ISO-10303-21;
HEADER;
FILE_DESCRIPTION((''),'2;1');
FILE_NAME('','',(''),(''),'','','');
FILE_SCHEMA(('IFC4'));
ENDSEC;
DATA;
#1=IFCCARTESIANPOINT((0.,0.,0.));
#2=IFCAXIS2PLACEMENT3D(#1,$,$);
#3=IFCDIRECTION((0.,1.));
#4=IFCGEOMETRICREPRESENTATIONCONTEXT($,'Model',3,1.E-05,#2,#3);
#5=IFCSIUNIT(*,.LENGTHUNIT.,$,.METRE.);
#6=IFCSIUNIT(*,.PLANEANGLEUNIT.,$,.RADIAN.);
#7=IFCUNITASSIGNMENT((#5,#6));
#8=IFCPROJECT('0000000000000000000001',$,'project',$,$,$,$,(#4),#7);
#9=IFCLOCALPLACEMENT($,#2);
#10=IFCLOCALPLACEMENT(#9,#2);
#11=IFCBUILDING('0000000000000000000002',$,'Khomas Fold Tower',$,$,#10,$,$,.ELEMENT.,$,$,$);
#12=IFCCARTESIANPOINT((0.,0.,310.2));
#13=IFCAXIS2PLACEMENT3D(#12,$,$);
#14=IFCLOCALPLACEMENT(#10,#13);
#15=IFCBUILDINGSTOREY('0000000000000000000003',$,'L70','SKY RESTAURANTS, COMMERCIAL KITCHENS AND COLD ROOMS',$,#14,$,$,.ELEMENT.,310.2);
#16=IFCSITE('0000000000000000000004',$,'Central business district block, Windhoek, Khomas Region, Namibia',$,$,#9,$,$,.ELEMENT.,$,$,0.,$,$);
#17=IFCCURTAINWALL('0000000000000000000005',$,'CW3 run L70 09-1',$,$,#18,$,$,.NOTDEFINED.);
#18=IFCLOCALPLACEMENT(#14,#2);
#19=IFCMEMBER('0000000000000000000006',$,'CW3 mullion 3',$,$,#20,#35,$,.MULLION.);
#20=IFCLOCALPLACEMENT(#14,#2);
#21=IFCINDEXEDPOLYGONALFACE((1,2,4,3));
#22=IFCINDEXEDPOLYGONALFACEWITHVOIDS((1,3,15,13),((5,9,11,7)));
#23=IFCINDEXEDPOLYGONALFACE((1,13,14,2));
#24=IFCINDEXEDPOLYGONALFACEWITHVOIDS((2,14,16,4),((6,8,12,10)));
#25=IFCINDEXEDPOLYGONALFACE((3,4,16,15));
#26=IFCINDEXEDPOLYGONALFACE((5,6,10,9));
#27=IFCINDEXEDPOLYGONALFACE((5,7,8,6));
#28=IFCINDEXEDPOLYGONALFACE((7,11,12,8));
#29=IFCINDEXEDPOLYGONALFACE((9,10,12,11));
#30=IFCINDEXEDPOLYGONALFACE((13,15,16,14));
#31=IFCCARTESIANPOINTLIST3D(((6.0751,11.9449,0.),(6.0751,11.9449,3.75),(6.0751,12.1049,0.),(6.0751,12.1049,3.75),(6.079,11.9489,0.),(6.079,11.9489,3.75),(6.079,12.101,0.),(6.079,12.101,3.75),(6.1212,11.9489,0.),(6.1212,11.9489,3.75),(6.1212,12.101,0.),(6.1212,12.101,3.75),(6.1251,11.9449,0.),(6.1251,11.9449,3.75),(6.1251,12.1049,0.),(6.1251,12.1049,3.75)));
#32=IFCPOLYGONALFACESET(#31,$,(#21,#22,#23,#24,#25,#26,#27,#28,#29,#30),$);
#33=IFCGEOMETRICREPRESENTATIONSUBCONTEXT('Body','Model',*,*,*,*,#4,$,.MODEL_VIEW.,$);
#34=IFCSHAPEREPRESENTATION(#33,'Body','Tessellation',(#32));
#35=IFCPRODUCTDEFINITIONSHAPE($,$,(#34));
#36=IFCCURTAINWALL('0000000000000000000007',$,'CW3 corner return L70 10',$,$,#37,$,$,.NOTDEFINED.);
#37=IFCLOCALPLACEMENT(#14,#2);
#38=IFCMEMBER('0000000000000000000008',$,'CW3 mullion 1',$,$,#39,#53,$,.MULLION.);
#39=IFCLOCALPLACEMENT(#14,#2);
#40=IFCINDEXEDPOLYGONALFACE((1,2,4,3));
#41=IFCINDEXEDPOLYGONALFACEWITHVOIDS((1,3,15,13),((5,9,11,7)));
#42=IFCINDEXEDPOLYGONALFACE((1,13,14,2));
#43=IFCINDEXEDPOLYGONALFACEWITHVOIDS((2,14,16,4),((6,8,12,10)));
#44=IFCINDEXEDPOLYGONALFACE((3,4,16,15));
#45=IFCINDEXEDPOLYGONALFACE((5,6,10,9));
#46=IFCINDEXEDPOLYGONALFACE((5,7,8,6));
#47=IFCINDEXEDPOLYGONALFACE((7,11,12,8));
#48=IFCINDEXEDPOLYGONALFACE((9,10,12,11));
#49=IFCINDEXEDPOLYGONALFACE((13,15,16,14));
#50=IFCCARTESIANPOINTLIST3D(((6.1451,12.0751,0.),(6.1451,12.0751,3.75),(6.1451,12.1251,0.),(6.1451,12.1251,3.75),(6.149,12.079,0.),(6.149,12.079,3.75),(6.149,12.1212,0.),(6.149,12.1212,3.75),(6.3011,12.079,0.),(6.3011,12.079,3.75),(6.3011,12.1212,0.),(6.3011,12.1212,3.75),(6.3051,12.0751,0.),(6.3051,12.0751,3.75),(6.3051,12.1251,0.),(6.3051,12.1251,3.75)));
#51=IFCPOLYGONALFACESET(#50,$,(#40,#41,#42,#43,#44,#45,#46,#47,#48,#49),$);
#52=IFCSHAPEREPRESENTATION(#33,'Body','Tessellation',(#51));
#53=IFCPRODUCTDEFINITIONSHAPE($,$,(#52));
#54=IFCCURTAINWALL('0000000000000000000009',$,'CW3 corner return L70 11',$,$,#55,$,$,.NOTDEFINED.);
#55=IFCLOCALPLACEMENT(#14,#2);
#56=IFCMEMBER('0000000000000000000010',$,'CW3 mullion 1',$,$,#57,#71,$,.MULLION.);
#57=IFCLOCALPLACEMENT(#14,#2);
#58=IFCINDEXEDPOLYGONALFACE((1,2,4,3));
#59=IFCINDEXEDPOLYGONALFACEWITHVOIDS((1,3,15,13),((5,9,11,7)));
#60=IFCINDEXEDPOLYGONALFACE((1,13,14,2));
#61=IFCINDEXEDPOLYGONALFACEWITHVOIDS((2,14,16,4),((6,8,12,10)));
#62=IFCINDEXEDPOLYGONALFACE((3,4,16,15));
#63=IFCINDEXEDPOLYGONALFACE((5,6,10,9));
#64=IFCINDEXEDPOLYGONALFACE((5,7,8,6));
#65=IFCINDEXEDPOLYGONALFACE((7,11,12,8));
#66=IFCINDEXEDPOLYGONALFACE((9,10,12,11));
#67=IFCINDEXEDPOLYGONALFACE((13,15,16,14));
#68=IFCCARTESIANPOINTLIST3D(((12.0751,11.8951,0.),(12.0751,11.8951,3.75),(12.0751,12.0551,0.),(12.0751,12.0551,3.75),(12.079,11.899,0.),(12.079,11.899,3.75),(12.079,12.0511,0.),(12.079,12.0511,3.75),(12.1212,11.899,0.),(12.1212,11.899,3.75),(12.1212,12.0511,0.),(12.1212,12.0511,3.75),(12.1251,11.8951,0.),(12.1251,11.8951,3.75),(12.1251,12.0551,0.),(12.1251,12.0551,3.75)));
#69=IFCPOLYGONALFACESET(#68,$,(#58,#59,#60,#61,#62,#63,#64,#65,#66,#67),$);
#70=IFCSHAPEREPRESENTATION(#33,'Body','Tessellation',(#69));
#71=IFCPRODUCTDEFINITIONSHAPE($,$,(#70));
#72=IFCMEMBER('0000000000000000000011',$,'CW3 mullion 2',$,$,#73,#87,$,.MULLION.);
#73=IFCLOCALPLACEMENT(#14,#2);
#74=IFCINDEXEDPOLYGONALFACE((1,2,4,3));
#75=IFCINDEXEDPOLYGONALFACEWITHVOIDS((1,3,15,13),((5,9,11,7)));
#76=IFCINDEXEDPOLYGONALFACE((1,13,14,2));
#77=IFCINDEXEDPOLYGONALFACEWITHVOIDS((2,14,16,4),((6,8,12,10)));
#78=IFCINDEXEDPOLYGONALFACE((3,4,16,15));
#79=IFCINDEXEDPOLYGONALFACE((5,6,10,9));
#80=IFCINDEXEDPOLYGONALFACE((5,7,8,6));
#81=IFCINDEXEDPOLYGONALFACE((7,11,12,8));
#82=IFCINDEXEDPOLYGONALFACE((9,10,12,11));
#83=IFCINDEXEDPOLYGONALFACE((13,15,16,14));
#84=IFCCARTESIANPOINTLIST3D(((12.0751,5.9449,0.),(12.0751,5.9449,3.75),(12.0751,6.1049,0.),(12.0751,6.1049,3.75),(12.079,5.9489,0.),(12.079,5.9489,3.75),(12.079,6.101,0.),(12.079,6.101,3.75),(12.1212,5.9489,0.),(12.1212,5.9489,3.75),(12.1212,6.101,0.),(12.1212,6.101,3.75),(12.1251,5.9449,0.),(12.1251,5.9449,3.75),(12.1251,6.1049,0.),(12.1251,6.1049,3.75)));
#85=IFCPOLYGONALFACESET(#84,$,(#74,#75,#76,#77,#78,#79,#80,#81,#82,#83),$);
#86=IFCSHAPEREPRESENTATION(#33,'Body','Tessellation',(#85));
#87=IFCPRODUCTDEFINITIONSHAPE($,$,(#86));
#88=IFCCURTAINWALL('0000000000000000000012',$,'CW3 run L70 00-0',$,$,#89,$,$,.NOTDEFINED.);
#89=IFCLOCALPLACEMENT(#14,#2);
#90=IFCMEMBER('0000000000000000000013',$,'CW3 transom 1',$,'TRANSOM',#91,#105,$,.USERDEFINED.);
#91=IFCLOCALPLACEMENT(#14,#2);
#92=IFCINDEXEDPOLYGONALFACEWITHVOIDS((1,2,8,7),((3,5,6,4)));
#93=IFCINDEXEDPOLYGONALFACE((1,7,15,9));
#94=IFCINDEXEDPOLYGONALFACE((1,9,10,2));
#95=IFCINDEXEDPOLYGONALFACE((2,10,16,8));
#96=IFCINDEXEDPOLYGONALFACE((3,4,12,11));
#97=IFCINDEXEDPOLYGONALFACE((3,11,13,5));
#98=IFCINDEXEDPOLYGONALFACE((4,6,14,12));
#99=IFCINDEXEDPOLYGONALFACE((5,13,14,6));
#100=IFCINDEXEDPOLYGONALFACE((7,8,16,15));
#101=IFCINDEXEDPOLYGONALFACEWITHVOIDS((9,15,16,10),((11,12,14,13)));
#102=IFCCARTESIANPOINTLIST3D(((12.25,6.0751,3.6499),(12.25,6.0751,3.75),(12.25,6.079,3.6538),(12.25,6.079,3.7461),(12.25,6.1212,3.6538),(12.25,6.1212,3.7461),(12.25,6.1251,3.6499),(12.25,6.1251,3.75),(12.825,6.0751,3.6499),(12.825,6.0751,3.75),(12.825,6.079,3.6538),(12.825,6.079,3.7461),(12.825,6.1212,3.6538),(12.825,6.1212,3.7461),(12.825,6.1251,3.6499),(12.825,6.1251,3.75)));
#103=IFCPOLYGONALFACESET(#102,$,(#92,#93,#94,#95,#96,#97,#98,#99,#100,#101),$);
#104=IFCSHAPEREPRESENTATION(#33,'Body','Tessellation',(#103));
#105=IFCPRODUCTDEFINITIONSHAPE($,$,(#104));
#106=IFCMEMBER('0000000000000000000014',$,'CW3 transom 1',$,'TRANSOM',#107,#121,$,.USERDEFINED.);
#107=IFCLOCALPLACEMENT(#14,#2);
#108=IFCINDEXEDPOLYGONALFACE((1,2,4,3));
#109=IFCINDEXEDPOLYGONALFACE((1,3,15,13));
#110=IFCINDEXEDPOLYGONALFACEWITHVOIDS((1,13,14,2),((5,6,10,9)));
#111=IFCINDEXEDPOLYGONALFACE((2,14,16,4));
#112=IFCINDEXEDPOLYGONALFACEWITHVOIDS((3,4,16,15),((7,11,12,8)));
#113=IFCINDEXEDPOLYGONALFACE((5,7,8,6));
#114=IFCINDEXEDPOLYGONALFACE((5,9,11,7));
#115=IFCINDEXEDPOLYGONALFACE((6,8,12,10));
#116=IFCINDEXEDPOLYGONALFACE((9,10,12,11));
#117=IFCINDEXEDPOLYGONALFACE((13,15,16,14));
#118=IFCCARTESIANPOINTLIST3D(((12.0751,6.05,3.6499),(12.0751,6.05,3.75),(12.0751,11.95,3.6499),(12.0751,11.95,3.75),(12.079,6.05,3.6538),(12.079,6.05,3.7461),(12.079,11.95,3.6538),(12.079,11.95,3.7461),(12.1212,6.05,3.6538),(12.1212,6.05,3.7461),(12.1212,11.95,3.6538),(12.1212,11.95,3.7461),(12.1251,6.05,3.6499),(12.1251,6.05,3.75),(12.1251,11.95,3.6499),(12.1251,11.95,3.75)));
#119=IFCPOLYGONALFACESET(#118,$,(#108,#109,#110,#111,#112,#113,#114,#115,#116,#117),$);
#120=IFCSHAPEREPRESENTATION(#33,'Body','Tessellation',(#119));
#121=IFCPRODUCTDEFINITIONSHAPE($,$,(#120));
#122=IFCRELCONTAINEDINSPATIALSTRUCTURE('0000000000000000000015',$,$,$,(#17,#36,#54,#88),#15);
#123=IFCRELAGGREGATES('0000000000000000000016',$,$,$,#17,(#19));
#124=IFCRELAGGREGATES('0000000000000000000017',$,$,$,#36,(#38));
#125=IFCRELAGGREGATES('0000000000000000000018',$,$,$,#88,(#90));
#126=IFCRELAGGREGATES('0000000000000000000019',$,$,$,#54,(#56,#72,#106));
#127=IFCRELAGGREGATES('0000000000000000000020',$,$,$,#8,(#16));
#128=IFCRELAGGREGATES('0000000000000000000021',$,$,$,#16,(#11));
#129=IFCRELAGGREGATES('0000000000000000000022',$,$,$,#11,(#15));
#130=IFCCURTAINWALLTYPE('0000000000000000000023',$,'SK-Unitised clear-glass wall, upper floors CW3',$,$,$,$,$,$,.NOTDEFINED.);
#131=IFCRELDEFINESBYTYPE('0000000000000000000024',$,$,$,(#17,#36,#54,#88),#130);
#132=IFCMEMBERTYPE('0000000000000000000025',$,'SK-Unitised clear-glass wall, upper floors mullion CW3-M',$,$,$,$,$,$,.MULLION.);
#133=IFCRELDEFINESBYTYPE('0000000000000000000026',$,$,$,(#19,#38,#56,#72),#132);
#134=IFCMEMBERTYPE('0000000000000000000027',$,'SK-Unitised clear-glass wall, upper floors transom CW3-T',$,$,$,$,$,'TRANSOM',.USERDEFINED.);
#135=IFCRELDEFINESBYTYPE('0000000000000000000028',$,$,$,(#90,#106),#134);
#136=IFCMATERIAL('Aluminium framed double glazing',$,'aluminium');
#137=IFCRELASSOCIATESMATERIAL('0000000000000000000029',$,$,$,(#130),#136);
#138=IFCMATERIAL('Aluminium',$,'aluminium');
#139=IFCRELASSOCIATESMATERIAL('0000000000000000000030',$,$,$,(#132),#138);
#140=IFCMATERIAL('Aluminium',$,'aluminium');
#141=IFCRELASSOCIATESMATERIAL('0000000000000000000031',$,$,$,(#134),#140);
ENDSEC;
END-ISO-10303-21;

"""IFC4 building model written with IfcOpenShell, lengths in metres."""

from ifc_helpers import new_model, si_unit, direction, frame, origin, origin_2d, place, context, subcontext, project, spatial, hollow_rectangle, extrude, source, transform, mapped, material, material_profile, profile_set, type_object, element, aggregate, save


model = new_model("IFC4")

# Units and contexts
model_context = context("Model", 3, precision=1e-05, world=origin(), true_north=direction((0.0, 1.0)))
body_context = subcontext(model_context, "Body", "Model", "MODEL_VIEW")
ifc_project = project(units=[si_unit("LENGTHUNIT", "METRE"), si_unit("PLANEANGLEUNIT", "RADIAN")], contexts=[model_context])

# Site, building, storey
site_placement = place(None, origin())
site = spatial("IfcSite", under=ifc_project, at=site_placement, Name="Central business district block, Windhoek, Khomas Region, Namibia", CompositionType="ELEMENT", RefElevation=0.0)
building_placement = place(site_placement, origin())
building = spatial("IfcBuilding", under=site, at=building_placement, Name="Khomas Fold Tower", CompositionType="ELEMENT")
storey_placement = place(building_placement, frame((0.0, 0.0, 310.2)))
storey = spatial("IfcBuildingStorey", under=building, at=storey_placement, Name="L70", Description="SKY RESTAURANTS, COMMERCIAL KITCHENS AND COLD ROOMS", CompositionType="ELEMENT", Elevation=310.2)

# Curtain walls, members
ifc_material_1 = material(Name="Aluminium framed double glazing", Category="aluminium")
curtain_wall_type = type_object("IfcCurtainWallType", Name="SK-Unitised clear-glass wall, upper floors CW3", PredefinedType="NOTDEFINED", material=ifc_material_1)
curtain_wall_1_placement = place(storey_placement, origin())
curtain_wall_1 = element("IfcCurtainWall", 1, at=curtain_wall_1_placement, inside=storey, type_object=curtain_wall_type, Name="CW3 run L70 09-1", PredefinedType="NOTDEFINED")
ifc_material_2 = material(Name="Aluminium", Category="aluminium")
ifc_material_profile_1 = material_profile(ifc_material_2, hollow_rectangle(XDim=0.05, YDim=0.1599, WallThickness=0.0039, at=origin_2d()), Name="SK-Unitised clear-glass wall, upper floors mullion CW3-M")
ifc_profile_set_1 = profile_set([ifc_material_profile_1], Name="Aluminium")
member_type_1 = type_object("IfcMemberType", Name="SK-Unitised clear-glass wall, upper floors mullion CW3-M", PredefinedType="MULLION", material=ifc_profile_set_1)
shared_shape_1 = source(origin(), body_context, "Body", "SweptSolid", [
    extrude(hollow_rectangle(XDim=0.05, YDim=0.1599, WallThickness=0.0039, at=origin_2d()), origin(), (0.0, 0.0, 1.0), 3.75),
])
member_1_placement = place(storey_placement, frame((6.1001, 12.0249, 0.0), z_axis=(0.0, 0.0, 1.0), x_axis=(1.0, 0.0, 0.0)))
member_1 = element("IfcMember", 2, at=member_1_placement, type_object=member_type_1, Name="CW3 mullion 3", PredefinedType="MULLION", context=body_context, shape_type="MappedRepresentation", body=[
    mapped(shared_shape_1, transform((0.0, 0.0, 0.0))),
])
aggregate(curtain_wall_1, [member_1])
curtain_wall_2_placement = place(storey_placement, origin())
curtain_wall_2 = element("IfcCurtainWall", 3, at=curtain_wall_2_placement, inside=storey, type_object=curtain_wall_type, Name="CW3 corner return L70 10", PredefinedType="NOTDEFINED")
member_2_placement = place(storey_placement, frame((6.2251, 12.1001, 0.0), z_axis=(0.0, 0.0, 1.0), x_axis=(0.0, 1.0, 0.0)))
member_2 = element("IfcMember", 4, at=member_2_placement, type_object=member_type_1, Name="CW3 mullion 1", PredefinedType="MULLION", context=body_context, shape_type="MappedRepresentation", body=[
    mapped(shared_shape_1, transform((0.0, 0.0, 0.0))),
])
aggregate(curtain_wall_2, [member_2])

# Curtain wall, members
curtain_wall_3_placement = place(storey_placement, origin())
curtain_wall_3 = element("IfcCurtainWall", 5, at=curtain_wall_3_placement, inside=storey, type_object=curtain_wall_type, Name="CW3 corner return L70 11", PredefinedType="NOTDEFINED")
member_3_placement = place(storey_placement, frame((12.1001, 11.9751, 0.0), z_axis=(0.0, 0.0, 1.0), x_axis=(1.0, 0.0, 0.0)))
member_3 = element("IfcMember", 6, at=member_3_placement, type_object=member_type_1, Name="CW3 mullion 1", PredefinedType="MULLION", context=body_context, shape_type="MappedRepresentation", body=[
    mapped(shared_shape_1, transform((0.0, 0.0, 0.0))),
])
member_4_placement = place(storey_placement, frame((12.1001, 6.0249, 0.0), z_axis=(0.0, 0.0, 1.0), x_axis=(1.0, 0.0, 0.0)))
member_4 = element("IfcMember", 7, at=member_4_placement, type_object=member_type_1, Name="CW3 mullion 2", PredefinedType="MULLION", context=body_context, shape_type="MappedRepresentation", body=[
    mapped(shared_shape_1, transform((0.0, 0.0, 0.0))),
])

# Curtain wall, member
curtain_wall_4_placement = place(storey_placement, origin())
curtain_wall_4 = element("IfcCurtainWall", 8, at=curtain_wall_4_placement, inside=storey, type_object=curtain_wall_type, Name="CW3 run L70 00-0", PredefinedType="NOTDEFINED")
ifc_material_3 = material(Name="Aluminium", Category="aluminium")
ifc_material_profile_2 = material_profile(ifc_material_3, hollow_rectangle(XDim=0.05, YDim=0.1001, WallThickness=0.0039, at=origin_2d()), Name="SK-Unitised clear-glass wall, upper floors transom CW3-T")
ifc_profile_set_2 = profile_set([ifc_material_profile_2], Name="Aluminium")
member_type_2 = type_object("IfcMemberType", Name="SK-Unitised clear-glass wall, upper floors transom CW3-T", ElementType="TRANSOM", PredefinedType="USERDEFINED", material=ifc_profile_set_2)
shared_shape_2 = source(origin(), body_context, "Body", "SweptSolid", [
    extrude(hollow_rectangle(XDim=0.05, YDim=0.1001, WallThickness=0.0039, at=origin_2d()), origin(), (0.0, 0.0, 1.0), 0.575),
])
member_5_placement = place(storey_placement, frame((12.25, 6.1001, 3.7), z_axis=(1.0, 0.0, 0.0), x_axis=(0.0, 1.0, 0.0)))
member_5 = element("IfcMember", 9, at=member_5_placement, type_object=member_type_2, Name="CW3 transom 1", ObjectType="TRANSOM", PredefinedType="USERDEFINED", context=body_context, shape_type="MappedRepresentation", body=[
    mapped(shared_shape_2, transform((0.0, 0.0, 0.0))),
])

# Member
shared_shape_3 = source(origin(), body_context, "Body", "SweptSolid", [
    extrude(hollow_rectangle(XDim=0.05, YDim=0.1001, WallThickness=0.0039, at=origin_2d()), origin(), (0.0, 0.0, 1.0), 5.8999),
])
member_6_placement = place(storey_placement, frame((12.1001, 11.95, 3.7), z_axis=(0.0, -1.0, 0.0), x_axis=(1.0, 0.0, 0.0)))
member_6 = element("IfcMember", 10, at=member_6_placement, type_object=member_type_2, Name="CW3 transom 1", ObjectType="TRANSOM", PredefinedType="USERDEFINED", context=body_context, shape_type="MappedRepresentation", body=[
    mapped(shared_shape_3, transform((0.0, 0.0, 0.0))),
])

aggregate(curtain_wall_4, [member_5])
aggregate(curtain_wall_3, [member_3, member_4, member_6])

save(model, "model.ifc")
